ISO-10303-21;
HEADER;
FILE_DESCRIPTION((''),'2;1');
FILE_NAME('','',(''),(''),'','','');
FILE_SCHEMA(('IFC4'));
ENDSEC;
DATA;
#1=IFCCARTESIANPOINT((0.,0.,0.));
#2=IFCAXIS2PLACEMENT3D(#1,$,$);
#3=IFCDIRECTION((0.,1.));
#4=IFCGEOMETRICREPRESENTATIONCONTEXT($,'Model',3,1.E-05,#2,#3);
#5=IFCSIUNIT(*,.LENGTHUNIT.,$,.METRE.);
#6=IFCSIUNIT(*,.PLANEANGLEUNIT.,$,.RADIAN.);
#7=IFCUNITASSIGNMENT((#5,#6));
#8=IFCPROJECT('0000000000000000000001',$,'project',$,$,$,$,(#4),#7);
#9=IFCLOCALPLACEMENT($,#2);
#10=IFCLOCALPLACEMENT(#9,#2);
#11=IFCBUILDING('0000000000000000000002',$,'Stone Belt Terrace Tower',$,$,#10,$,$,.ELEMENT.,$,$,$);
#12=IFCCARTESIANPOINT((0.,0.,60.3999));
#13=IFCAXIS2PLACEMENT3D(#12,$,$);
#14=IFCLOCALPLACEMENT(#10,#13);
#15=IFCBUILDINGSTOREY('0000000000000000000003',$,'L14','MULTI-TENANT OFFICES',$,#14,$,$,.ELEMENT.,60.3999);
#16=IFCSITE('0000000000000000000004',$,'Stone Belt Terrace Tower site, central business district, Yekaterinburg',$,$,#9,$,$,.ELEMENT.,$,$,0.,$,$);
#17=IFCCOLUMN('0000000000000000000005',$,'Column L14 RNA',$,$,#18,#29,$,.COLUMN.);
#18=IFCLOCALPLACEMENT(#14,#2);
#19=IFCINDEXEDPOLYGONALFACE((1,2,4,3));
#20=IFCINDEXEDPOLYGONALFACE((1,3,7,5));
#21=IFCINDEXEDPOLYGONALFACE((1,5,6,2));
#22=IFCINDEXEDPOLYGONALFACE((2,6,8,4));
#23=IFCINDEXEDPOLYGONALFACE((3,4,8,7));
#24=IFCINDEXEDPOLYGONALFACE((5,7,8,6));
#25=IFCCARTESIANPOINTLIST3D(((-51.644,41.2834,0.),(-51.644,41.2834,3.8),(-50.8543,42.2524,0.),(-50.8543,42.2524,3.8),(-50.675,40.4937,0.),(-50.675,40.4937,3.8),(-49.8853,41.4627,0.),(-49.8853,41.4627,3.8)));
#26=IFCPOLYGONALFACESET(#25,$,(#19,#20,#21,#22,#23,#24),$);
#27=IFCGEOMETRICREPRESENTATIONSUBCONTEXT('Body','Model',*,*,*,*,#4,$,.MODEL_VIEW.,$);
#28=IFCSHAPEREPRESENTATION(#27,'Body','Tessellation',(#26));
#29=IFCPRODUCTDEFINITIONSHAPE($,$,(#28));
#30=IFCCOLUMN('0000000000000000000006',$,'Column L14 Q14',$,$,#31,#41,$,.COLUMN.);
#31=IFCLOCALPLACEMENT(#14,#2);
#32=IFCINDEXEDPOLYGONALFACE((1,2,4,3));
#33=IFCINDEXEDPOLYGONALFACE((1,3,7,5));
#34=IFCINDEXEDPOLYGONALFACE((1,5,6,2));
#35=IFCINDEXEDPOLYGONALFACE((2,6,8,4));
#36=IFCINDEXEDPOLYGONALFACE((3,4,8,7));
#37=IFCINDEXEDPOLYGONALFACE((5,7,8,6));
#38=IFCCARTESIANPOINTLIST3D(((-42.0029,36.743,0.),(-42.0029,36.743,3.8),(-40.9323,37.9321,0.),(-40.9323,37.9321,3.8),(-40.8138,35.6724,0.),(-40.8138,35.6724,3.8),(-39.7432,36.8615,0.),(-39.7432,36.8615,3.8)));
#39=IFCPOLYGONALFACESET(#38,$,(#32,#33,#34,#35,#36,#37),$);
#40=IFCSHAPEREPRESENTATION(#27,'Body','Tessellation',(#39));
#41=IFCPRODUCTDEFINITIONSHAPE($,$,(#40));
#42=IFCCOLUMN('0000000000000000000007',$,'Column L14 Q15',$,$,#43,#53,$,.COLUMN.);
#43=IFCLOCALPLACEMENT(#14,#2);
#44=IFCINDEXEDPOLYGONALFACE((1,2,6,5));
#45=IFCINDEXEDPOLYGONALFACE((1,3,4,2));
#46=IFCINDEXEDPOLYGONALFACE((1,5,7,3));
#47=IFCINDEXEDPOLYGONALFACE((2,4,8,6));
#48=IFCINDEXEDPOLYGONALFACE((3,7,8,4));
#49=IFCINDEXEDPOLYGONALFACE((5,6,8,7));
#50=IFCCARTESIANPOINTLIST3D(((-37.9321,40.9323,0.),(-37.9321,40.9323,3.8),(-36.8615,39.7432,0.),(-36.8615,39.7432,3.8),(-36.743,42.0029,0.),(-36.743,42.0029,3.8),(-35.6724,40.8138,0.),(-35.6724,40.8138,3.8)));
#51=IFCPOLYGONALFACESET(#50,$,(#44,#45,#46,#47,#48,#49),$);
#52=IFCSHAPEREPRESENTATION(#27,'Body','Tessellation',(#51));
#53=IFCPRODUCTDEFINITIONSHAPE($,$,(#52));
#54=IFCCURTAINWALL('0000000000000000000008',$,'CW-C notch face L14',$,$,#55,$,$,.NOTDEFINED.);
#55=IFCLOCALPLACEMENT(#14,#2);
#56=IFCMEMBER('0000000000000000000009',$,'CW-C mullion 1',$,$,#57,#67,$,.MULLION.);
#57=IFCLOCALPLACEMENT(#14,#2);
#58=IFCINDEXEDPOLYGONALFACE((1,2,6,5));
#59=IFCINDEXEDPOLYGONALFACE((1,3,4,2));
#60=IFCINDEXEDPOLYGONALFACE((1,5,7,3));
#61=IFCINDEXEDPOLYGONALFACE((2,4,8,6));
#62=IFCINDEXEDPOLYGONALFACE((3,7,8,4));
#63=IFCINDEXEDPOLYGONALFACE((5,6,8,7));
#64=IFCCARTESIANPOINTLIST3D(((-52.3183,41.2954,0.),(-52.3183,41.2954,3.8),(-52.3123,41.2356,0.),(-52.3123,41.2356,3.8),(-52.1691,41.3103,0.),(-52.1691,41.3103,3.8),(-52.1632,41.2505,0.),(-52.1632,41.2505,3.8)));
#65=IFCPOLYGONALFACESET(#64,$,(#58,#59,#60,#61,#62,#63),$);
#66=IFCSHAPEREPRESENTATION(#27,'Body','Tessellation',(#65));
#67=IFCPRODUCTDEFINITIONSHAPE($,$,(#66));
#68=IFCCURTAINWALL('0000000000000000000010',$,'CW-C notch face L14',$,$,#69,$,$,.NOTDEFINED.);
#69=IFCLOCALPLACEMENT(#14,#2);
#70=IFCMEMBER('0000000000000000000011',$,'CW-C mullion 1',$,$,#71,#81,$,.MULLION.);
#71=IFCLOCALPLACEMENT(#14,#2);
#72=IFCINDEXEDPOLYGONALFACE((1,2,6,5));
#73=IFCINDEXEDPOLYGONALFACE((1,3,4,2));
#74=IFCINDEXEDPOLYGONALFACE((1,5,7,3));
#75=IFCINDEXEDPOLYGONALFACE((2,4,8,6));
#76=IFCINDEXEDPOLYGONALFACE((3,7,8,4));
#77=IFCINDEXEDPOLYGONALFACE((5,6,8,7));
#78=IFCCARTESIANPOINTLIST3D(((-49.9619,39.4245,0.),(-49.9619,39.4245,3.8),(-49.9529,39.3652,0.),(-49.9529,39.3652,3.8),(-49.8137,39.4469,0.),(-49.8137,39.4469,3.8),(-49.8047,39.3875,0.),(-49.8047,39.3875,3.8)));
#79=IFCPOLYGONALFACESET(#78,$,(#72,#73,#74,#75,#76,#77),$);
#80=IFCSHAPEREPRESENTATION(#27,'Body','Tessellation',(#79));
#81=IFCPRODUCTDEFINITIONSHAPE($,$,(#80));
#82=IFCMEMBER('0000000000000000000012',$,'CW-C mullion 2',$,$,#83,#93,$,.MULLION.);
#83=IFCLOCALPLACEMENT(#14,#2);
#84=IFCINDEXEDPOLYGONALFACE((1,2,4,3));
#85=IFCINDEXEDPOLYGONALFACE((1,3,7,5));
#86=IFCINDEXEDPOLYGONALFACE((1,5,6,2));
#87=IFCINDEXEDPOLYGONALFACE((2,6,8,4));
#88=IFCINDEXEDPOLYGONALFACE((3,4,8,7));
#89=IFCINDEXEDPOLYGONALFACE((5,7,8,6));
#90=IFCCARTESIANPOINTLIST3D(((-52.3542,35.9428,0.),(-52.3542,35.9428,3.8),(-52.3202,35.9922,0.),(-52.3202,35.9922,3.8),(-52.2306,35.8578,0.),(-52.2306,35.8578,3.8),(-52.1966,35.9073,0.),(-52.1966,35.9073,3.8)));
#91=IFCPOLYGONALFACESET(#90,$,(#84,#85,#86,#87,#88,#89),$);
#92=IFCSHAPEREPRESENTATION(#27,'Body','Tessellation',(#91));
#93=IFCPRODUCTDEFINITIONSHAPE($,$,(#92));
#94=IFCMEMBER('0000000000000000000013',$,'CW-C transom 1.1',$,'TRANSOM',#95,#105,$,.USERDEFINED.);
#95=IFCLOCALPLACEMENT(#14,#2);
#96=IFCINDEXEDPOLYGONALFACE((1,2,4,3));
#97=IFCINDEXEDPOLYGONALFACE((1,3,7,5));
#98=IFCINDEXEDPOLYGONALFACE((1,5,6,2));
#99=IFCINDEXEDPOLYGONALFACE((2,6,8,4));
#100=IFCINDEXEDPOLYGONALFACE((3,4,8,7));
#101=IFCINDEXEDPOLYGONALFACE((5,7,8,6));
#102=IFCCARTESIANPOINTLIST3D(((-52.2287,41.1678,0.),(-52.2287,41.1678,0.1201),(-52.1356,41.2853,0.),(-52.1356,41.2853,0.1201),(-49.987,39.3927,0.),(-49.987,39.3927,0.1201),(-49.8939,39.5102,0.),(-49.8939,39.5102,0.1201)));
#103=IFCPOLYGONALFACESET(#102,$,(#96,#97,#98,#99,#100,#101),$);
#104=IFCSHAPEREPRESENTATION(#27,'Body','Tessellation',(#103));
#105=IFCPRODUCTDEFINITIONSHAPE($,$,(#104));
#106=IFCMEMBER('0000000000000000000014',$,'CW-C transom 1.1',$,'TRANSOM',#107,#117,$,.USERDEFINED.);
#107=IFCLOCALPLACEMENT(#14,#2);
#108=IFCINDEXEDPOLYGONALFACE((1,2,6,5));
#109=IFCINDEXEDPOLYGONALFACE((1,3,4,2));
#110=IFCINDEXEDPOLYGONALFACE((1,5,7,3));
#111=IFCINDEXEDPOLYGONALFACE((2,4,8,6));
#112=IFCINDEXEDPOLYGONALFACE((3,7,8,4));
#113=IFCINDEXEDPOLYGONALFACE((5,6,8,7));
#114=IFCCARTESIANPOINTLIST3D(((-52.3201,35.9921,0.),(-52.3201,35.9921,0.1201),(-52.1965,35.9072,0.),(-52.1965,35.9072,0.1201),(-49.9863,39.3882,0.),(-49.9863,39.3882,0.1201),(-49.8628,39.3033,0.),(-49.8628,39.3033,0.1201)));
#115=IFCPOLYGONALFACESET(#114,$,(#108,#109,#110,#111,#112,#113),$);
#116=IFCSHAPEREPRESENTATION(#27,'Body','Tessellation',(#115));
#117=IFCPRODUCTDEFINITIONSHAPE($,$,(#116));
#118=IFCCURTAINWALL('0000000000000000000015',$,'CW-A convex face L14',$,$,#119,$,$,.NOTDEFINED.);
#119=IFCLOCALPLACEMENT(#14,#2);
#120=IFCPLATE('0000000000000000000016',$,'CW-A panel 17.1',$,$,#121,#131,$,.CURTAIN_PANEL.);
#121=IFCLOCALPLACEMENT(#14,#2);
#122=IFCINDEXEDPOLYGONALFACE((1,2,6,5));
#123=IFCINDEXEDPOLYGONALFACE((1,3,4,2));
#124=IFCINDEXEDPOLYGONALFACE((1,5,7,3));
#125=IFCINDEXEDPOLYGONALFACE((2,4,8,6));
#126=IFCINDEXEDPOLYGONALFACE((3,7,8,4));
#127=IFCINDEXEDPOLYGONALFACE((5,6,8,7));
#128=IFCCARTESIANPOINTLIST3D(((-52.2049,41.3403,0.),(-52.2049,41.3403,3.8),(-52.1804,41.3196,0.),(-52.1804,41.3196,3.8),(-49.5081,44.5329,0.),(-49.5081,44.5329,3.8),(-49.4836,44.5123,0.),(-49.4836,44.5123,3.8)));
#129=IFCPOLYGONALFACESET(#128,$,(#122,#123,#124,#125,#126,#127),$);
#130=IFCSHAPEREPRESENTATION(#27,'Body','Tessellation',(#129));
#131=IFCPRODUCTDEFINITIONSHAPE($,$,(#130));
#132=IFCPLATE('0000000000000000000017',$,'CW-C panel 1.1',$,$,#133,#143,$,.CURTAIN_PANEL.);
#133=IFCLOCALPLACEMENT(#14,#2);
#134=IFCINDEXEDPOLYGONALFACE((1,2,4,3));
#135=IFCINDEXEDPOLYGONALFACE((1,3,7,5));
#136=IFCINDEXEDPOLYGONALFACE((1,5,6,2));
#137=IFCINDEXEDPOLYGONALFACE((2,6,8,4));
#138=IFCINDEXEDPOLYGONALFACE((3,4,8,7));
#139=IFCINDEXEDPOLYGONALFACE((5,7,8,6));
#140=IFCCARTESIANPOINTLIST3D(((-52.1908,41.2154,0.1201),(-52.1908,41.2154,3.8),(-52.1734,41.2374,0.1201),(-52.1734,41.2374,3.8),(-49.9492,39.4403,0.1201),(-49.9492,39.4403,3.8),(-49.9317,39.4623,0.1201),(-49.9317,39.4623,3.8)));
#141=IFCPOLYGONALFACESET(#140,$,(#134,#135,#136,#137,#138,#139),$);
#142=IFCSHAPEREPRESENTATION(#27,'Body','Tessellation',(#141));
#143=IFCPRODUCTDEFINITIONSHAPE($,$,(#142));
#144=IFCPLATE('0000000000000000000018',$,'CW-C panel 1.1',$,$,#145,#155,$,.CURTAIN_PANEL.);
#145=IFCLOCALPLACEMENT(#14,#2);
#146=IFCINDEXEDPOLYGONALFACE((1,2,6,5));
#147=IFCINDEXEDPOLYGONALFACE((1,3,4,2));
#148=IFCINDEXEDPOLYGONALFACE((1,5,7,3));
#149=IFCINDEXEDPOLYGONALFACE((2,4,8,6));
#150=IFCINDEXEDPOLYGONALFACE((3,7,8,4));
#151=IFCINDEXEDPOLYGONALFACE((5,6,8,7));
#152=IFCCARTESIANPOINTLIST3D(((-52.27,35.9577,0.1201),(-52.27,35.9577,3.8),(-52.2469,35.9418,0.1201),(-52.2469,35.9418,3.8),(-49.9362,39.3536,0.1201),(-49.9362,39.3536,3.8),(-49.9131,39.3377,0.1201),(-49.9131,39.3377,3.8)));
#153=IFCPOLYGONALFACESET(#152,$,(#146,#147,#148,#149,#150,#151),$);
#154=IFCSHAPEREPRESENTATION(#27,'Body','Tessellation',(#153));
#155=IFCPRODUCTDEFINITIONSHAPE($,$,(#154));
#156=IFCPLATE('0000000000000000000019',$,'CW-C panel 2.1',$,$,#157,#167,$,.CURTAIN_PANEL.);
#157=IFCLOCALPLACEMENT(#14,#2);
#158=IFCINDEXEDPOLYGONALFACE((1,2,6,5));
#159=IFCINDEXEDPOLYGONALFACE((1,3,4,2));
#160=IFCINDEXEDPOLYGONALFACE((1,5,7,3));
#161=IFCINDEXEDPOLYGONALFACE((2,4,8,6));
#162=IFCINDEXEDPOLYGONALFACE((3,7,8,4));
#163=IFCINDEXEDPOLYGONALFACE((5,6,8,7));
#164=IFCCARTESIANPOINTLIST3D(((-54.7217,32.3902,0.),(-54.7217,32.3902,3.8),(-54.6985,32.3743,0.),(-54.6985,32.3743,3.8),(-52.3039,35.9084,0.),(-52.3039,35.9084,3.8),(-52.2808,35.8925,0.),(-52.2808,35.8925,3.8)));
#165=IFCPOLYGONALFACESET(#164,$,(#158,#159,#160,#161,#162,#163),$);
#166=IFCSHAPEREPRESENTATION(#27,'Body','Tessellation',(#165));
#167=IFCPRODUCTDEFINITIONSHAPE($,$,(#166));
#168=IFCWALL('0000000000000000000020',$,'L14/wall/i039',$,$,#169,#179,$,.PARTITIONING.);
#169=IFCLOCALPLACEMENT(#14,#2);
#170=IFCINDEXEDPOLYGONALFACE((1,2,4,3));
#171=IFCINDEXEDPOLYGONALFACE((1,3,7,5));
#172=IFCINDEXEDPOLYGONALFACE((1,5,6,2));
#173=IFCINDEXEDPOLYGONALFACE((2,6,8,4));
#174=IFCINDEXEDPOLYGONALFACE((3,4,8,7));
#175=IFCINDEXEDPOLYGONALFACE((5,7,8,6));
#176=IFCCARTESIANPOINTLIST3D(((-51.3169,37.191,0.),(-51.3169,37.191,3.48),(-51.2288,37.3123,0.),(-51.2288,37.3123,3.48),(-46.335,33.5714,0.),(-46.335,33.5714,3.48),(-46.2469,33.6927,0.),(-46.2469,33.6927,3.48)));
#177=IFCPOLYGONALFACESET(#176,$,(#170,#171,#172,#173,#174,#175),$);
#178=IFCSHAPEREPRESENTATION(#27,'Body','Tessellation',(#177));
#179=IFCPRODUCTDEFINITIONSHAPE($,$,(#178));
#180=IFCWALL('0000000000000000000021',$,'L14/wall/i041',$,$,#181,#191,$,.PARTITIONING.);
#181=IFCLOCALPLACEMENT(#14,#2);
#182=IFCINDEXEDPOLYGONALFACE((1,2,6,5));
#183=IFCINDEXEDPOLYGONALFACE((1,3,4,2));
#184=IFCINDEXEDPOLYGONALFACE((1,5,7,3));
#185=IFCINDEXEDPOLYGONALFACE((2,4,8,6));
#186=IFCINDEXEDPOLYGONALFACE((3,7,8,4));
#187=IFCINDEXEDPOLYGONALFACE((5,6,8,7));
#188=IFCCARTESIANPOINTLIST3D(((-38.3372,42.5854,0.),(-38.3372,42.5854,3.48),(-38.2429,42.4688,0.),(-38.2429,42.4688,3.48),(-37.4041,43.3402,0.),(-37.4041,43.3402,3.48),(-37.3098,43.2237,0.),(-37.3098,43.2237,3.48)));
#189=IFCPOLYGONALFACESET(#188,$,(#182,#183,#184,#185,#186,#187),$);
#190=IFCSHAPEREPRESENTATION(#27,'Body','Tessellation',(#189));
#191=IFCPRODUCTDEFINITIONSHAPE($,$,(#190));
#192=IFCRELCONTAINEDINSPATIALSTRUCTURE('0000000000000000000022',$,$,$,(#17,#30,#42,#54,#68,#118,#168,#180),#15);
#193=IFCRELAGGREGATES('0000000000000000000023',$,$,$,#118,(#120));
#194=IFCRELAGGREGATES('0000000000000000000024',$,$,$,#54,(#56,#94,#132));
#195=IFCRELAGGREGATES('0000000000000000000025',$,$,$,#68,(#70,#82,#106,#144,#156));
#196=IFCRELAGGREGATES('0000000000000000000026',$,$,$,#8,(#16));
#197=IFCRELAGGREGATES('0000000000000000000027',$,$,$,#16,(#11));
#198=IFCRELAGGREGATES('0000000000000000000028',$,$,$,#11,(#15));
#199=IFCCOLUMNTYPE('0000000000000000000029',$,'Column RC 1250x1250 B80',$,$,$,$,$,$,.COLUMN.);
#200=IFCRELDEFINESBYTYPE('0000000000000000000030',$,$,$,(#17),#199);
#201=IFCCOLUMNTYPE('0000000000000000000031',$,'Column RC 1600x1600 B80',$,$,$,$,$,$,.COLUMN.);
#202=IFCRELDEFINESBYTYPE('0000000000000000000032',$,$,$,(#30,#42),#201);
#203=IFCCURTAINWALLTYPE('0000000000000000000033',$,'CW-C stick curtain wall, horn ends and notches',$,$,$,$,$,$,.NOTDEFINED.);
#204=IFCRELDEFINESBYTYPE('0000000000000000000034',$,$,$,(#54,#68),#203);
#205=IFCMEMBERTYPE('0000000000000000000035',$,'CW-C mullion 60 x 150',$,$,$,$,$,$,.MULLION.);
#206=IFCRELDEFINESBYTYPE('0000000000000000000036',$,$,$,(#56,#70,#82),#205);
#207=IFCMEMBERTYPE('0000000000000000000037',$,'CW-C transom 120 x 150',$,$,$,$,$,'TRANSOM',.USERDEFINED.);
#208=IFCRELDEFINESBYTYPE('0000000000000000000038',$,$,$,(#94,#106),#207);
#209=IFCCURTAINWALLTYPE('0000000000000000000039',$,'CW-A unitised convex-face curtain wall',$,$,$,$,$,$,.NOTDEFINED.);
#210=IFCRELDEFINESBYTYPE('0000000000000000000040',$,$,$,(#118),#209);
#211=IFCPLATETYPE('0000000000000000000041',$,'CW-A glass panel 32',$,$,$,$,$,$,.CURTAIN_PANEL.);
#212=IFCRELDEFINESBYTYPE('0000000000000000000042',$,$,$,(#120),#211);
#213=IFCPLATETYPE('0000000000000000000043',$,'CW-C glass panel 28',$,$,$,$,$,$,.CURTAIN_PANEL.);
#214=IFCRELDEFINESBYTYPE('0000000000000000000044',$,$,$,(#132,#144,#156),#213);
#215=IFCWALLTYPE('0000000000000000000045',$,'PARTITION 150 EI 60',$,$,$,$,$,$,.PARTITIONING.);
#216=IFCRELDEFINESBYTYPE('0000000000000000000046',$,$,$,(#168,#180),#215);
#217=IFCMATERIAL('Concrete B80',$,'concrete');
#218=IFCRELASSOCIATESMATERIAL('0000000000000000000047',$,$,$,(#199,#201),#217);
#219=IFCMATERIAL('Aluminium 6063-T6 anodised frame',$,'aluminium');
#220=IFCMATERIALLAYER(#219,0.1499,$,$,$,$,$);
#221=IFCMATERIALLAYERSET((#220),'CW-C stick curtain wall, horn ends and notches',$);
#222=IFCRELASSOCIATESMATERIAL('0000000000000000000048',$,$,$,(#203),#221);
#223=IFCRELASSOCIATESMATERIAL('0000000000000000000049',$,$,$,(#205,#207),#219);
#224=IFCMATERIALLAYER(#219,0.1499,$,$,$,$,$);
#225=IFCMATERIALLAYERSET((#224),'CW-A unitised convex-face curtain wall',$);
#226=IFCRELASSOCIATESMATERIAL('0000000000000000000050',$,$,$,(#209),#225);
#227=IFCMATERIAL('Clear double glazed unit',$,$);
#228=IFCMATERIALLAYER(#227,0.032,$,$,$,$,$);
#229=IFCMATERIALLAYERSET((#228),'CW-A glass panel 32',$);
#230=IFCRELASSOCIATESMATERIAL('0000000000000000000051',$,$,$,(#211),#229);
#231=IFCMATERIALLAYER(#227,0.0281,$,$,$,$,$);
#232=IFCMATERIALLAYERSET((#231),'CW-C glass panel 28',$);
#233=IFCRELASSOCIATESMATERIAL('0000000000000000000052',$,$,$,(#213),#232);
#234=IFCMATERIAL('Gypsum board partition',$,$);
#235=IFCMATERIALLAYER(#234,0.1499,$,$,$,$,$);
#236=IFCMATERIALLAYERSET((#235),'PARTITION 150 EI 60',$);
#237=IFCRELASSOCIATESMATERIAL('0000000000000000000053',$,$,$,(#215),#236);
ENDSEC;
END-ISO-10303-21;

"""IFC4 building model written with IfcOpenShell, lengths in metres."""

from ifc_helpers import new_model, si_unit, direction, frame, frame_2d, origin, origin_2d, place, context, subcontext, project, spatial, rectangle, extrude, material, layer, layer_set, material_profile, profile_set, type_object, element, aggregate, save


model = new_model("IFC4")

# Units and contexts
model_context = context("Model", 3, precision=1e-05, world=origin(), true_north=direction((0.0, 1.0)))
body_context = subcontext(model_context, "Body", "Model", "MODEL_VIEW")
ifc_project = project(units=[si_unit("LENGTHUNIT", "METRE"), si_unit("PLANEANGLEUNIT", "RADIAN")], contexts=[model_context])

# Site, building, storey
site_placement = place(None, origin())
site = spatial("IfcSite", under=ifc_project, at=site_placement, Name="Stone Belt Terrace Tower site, central business district, Yekaterinburg", CompositionType="ELEMENT", RefElevation=0.0)
building_placement = place(site_placement, origin())
building = spatial("IfcBuilding", under=site, at=building_placement, Name="Stone Belt Terrace Tower", CompositionType="ELEMENT")
storey_placement = place(building_placement, frame((0.0, 0.0, 60.3999)))
storey = spatial("IfcBuildingStorey", under=building, at=storey_placement, Name="L14", Description="MULTI-TENANT OFFICES", CompositionType="ELEMENT", Elevation=60.3999)

# Columns
ifc_material_1 = material(Name="Concrete B80", Category="concrete")
ifc_material_profile_1 = material_profile(ifc_material_1, rectangle(XDim=1.25, YDim=1.25, at=origin_2d()), Name="RC 1250x1250")
ifc_profile_set_1 = profile_set([ifc_material_profile_1], Name="Concrete B80")
column_type_1 = type_object("IfcColumnType", Name="Column RC 1250x1250 B80", PredefinedType="COLUMN", material=ifc_profile_set_1)
column_placement = place(storey_placement, frame((-50.7646, 41.373, 0.0), z_axis=(0.0, 0.0, 1.0), x_axis=(0.631759, 0.775165, 0.0)))
element("IfcColumn", 1, at=column_placement, inside=storey, type_object=column_type_1, Name="Column L14 RNA", PredefinedType="COLUMN", context=body_context, shape_type="SweptSolid", body=[
    extrude(rectangle(XDim=1.25, YDim=1.25, at=origin_2d()), origin(), (0.0, 0.0, 1.0), 3.8),
])
ifc_material_profile_2 = material_profile(ifc_material_1, rectangle(XDim=1.6001, YDim=1.6001, at=origin_2d()), Name="RC 1600x1600")
ifc_profile_set_2 = profile_set([ifc_material_profile_2], Name="Concrete B80")
column_type_2 = type_object("IfcColumnType", Name="Column RC 1600x1600 B80", PredefinedType="COLUMN", material=ifc_profile_set_2)
for number, where, z_axis, x_axis, name in (
    (2, (-40.873, 36.8022, 0.0), (0.0, 0.0, 1.0), (0.669131, 0.743145, 0.0), "Column L14 Q14"),
    (3, (-36.8022, 40.873, 0.0), (0.0, 0.0, 1.0), (0.743145, 0.669131, 0.0), "Column L14 Q15"),
):
    element("IfcColumn", number, at=place(storey_placement, frame(where, z_axis=z_axis, x_axis=x_axis)), inside=storey, type_object=column_type_2, Name=name, PredefinedType="COLUMN", context=body_context, shape_type="SweptSolid", body=[
        extrude(rectangle(XDim=1.6001, YDim=1.6001, at=origin_2d()), origin(), (0.0, 0.0, 1.0), 3.8),
    ])

# Curtain wall, member
ifc_material_2 = material(Name="Aluminium 6063-T6 anodised frame", Category="aluminium")
ifc_layer_1 = layer(ifc_material_2, 0.1499)
ifc_layer_set_1 = layer_set([ifc_layer_1], Name="CW-C stick curtain wall, horn ends and notches")
curtain_wall_type_1 = type_object("IfcCurtainWallType", Name="CW-C stick curtain wall, horn ends and notches", PredefinedType="NOTDEFINED", material=ifc_layer_set_1)
curtain_wall_1_placement = place(storey_placement, origin())
curtain_wall_1 = element("IfcCurtainWall", 4, at=curtain_wall_1_placement, inside=storey, type_object=curtain_wall_type_1, Name="CW-C notch face L14", PredefinedType="NOTDEFINED")
ifc_material_profile_3 = material_profile(ifc_material_2, rectangle(XDim=0.1499, YDim=0.0601, at=origin_2d()), Name="Aluminium 6063-T6 60x150")
ifc_profile_set_3 = profile_set([ifc_material_profile_3], Name="Aluminium 6063-T6 anodised frame")
member_type_1 = type_object("IfcMemberType", Name="CW-C mullion 60 x 150", PredefinedType="MULLION", material=ifc_profile_set_3)
member_1_placement = place(storey_placement, frame((-52.2407, 41.2729, 0.0), z_axis=(0.0, 0.0, 1.0), x_axis=(0.995023, 0.099645, 0.0)))
member_1 = element("IfcMember", 5, at=member_1_placement, type_object=member_type_1, Name="CW-C mullion 1", PredefinedType="MULLION", context=body_context, shape_type="SweptSolid", body=[
    extrude(rectangle(XDim=0.1499, YDim=0.0601, at=origin_2d()), origin(), (0.0, 0.0, 1.0), 3.8),
])

# Curtain wall, members
curtain_wall_2_placement = place(storey_placement, origin())
curtain_wall_2 = element("IfcCurtainWall", 6, at=curtain_wall_2_placement, inside=storey, type_object=curtain_wall_type_1, Name="CW-C notch face L14", PredefinedType="NOTDEFINED")
member_2_placement = place(storey_placement, frame((-49.8833, 39.406, 0.0), z_axis=(0.0, 0.0, 1.0), x_axis=(0.988851, 0.148906, 0.0)))
member_2 = element("IfcMember", 7, at=member_2_placement, type_object=member_type_1, Name="CW-C mullion 1", PredefinedType="MULLION", context=body_context, shape_type="SweptSolid", body=[
    extrude(rectangle(XDim=0.1499, YDim=0.0601, at=origin_2d()), origin(), (0.0, 0.0, 1.0), 3.8),
])
member_3_placement = place(storey_placement, frame((-52.2754, 35.925, 0.0), z_axis=(0.0, 0.0, 1.0), x_axis=(0.824147, -0.566376, 0.0)))
member_3 = element("IfcMember", 8, at=member_3_placement, type_object=member_type_1, Name="CW-C mullion 2", PredefinedType="MULLION", context=body_context, shape_type="SweptSolid", body=[
    extrude(rectangle(XDim=0.1499, YDim=0.0601, at=origin_2d()), origin(), (0.0, 0.0, 1.0), 3.8),
])

# Members
ifc_material_profile_4 = material_profile(ifc_material_2, rectangle(XDim=0.1499, YDim=0.1201, at=origin_2d()), Name="Aluminium 6063-T6 150x120")
ifc_profile_set_4 = profile_set([ifc_material_profile_4], Name="Aluminium 6063-T6 anodised frame")
member_type_2 = type_object("IfcMemberType", Name="CW-C transom 120 x 150", ElementType="TRANSOM", PredefinedType="USERDEFINED", material=ifc_profile_set_4)
member_4_placement = place(storey_placement, frame((-52.1821, 41.2266, 0.0601), z_axis=(0.783966, -0.620804, 0.0), x_axis=(0.620804, 0.783966, 0.0)))
member_4 = element("IfcMember", 9, at=member_4_placement, type_object=member_type_2, Name="CW-C transom 1.1", ObjectType="TRANSOM", PredefinedType="USERDEFINED", context=body_context, shape_type="SweptSolid", body=[
    extrude(rectangle(XDim=0.1499, YDim=0.1201, at=origin_2d()), origin(), (0.0, 0.0, 1.0), 2.8594),
])
member_5_placement = place(storey_placement, frame((-49.9246, 39.3457, 0.0601), z_axis=(-0.566363, -0.824156, 0.0), x_axis=(0.824156, -0.566363, 0.0)))
member_5 = element("IfcMember", 10, at=member_5_placement, type_object=member_type_2, Name="CW-C transom 1.1", ObjectType="TRANSOM", PredefinedType="USERDEFINED", context=body_context, shape_type="SweptSolid", body=[
    extrude(rectangle(XDim=0.1499, YDim=0.1201, at=origin_2d()), origin(), (0.0, 0.0, 1.0), 4.1206),
])

# Curtain wall, plate
ifc_layer_2 = layer(ifc_material_2, 0.1499)
ifc_layer_set_2 = layer_set([ifc_layer_2], Name="CW-A unitised convex-face curtain wall")
curtain_wall_type_2 = type_object("IfcCurtainWallType", Name="CW-A unitised convex-face curtain wall", PredefinedType="NOTDEFINED", material=ifc_layer_set_2)
curtain_wall_3_placement = place(storey_placement, origin())
curtain_wall_3 = element("IfcCurtainWall", 11, at=curtain_wall_3_placement, inside=storey, type_object=curtain_wall_type_2, Name="CW-A convex face L14", PredefinedType="NOTDEFINED")
ifc_material_3 = material(Name="Clear double glazed unit")
ifc_layer_3 = layer(ifc_material_3, 0.032)
ifc_layer_set_3 = layer_set([ifc_layer_3], Name="CW-A glass panel 32")
plate_type_1 = type_object("IfcPlateType", Name="CW-A glass panel 32", PredefinedType="CURTAIN_PANEL", material=ifc_layer_set_3)
plate_1_placement = place(storey_placement, frame((-50.8442, 42.9263, 0.0), z_axis=(0.0, 0.0, 1.0), x_axis=(-0.645291, -0.763937, 0.0)))
plate_1 = element("IfcPlate", 12, at=plate_1_placement, type_object=plate_type_1, Name="CW-A panel 17.1", PredefinedType="CURTAIN_PANEL", context=body_context, shape_type="SweptSolid", body=[
    extrude(rectangle(XDim=4.1792, YDim=0.032, at=origin_2d()), origin(), (0.0, 0.0, 1.0), 3.8),
])
aggregate(curtain_wall_3, [plate_1])

# Plates
ifc_layer_4 = layer(ifc_material_3, 0.0281)
ifc_layer_set_4 = layer_set([ifc_layer_4], Name="CW-C glass panel 28")
plate_type_2 = type_object("IfcPlateType", Name="CW-C glass panel 28", PredefinedType="CURTAIN_PANEL", material=ifc_layer_set_4)
plate_2_placement = place(storey_placement, frame((-51.0613, 40.3389, 0.1201), z_axis=(0.0, 0.0, 1.0), x_axis=(0.783964, -0.620807, 0.0)))
plate_2 = element("IfcPlate", 13, at=plate_2_placement, type_object=plate_type_2, Name="CW-C panel 1.1", PredefinedType="CURTAIN_PANEL", context=body_context, shape_type="SweptSolid", body=[
    extrude(rectangle(XDim=2.8594, YDim=0.0281, at=origin_2d()), origin(), (0.0, 0.0, 1.0), 3.6799),
])
aggregate(curtain_wall_1, [member_1, member_4, plate_2])
plate_3_placement = place(storey_placement, frame((-51.0916, 37.6477, 0.1201), z_axis=(0.0, 0.0, 1.0), x_axis=(-0.566376, -0.824147, 0.0)))
plate_3 = element("IfcPlate", 14, at=plate_3_placement, type_object=plate_type_2, Name="CW-C panel 1.1", PredefinedType="CURTAIN_PANEL", context=body_context, shape_type="SweptSolid", body=[
    extrude(rectangle(XDim=4.1206, YDim=0.0281, at=origin_2d()), origin(), (0.0, 0.0, 1.0), 3.6799),
])
plate_4_placement = place(storey_placement, frame((-53.5012, 34.1414, 0.0), z_axis=(0.0, 0.0, 1.0), x_axis=(-0.566376, -0.824147, 0.0)))
plate_4 = element("IfcPlate", 15, at=plate_4_placement, type_object=plate_type_2, Name="CW-C panel 2.1", PredefinedType="CURTAIN_PANEL", context=body_context, shape_type="SweptSolid", body=[
    extrude(rectangle(XDim=4.2688, YDim=0.0281, at=origin_2d()), origin(), (0.0, 0.0, 1.0), 3.8),
])
aggregate(curtain_wall_2, [member_2, member_3, member_5, plate_3, plate_4])

# Walls
ifc_material_4 = material(Name="Gypsum board partition")
ifc_layer_5 = layer(ifc_material_4, 0.1499)
ifc_layer_set_5 = layer_set([ifc_layer_5], Name="PARTITION 150 EI 60")
wall_type = type_object("IfcWallType", Name="PARTITION 150 EI 60", PredefinedType="PARTITIONING", material=ifc_layer_set_5)
wall_1_placement = place(storey_placement, frame((-51.2729, 37.2517, 0.0), z_axis=(0.0, 0.0, 1.0), x_axis=(0.809014, -0.58779, 0.0)))
element("IfcWall", 16, at=wall_1_placement, inside=storey, type_object=wall_type, Name="L14/wall/i039", PredefinedType="PARTITIONING", context=body_context, shape_type="SweptSolid", body=[
    extrude(rectangle(XDim=6.158, YDim=0.1499, at=frame_2d((3.0791, 0.0))), origin(), (0.0, 0.0, 1.0), 3.48),
])
wall_2_placement = place(storey_placement, frame((-38.29, 42.5271, 0.0), z_axis=(0.0, 0.0, 1.0), x_axis=(0.777444, 0.628952, 0.0)))
element("IfcWall", 17, at=wall_2_placement, inside=storey, type_object=wall_type, Name="L14/wall/i041", PredefinedType="PARTITIONING", context=body_context, shape_type="SweptSolid", body=[
    extrude(rectangle(XDim=1.2002, YDim=0.1499, at=frame_2d((0.6001, 0.0))), origin(), (0.0, 0.0, 1.0), 3.48),
])

save(model, "model.ifc")
